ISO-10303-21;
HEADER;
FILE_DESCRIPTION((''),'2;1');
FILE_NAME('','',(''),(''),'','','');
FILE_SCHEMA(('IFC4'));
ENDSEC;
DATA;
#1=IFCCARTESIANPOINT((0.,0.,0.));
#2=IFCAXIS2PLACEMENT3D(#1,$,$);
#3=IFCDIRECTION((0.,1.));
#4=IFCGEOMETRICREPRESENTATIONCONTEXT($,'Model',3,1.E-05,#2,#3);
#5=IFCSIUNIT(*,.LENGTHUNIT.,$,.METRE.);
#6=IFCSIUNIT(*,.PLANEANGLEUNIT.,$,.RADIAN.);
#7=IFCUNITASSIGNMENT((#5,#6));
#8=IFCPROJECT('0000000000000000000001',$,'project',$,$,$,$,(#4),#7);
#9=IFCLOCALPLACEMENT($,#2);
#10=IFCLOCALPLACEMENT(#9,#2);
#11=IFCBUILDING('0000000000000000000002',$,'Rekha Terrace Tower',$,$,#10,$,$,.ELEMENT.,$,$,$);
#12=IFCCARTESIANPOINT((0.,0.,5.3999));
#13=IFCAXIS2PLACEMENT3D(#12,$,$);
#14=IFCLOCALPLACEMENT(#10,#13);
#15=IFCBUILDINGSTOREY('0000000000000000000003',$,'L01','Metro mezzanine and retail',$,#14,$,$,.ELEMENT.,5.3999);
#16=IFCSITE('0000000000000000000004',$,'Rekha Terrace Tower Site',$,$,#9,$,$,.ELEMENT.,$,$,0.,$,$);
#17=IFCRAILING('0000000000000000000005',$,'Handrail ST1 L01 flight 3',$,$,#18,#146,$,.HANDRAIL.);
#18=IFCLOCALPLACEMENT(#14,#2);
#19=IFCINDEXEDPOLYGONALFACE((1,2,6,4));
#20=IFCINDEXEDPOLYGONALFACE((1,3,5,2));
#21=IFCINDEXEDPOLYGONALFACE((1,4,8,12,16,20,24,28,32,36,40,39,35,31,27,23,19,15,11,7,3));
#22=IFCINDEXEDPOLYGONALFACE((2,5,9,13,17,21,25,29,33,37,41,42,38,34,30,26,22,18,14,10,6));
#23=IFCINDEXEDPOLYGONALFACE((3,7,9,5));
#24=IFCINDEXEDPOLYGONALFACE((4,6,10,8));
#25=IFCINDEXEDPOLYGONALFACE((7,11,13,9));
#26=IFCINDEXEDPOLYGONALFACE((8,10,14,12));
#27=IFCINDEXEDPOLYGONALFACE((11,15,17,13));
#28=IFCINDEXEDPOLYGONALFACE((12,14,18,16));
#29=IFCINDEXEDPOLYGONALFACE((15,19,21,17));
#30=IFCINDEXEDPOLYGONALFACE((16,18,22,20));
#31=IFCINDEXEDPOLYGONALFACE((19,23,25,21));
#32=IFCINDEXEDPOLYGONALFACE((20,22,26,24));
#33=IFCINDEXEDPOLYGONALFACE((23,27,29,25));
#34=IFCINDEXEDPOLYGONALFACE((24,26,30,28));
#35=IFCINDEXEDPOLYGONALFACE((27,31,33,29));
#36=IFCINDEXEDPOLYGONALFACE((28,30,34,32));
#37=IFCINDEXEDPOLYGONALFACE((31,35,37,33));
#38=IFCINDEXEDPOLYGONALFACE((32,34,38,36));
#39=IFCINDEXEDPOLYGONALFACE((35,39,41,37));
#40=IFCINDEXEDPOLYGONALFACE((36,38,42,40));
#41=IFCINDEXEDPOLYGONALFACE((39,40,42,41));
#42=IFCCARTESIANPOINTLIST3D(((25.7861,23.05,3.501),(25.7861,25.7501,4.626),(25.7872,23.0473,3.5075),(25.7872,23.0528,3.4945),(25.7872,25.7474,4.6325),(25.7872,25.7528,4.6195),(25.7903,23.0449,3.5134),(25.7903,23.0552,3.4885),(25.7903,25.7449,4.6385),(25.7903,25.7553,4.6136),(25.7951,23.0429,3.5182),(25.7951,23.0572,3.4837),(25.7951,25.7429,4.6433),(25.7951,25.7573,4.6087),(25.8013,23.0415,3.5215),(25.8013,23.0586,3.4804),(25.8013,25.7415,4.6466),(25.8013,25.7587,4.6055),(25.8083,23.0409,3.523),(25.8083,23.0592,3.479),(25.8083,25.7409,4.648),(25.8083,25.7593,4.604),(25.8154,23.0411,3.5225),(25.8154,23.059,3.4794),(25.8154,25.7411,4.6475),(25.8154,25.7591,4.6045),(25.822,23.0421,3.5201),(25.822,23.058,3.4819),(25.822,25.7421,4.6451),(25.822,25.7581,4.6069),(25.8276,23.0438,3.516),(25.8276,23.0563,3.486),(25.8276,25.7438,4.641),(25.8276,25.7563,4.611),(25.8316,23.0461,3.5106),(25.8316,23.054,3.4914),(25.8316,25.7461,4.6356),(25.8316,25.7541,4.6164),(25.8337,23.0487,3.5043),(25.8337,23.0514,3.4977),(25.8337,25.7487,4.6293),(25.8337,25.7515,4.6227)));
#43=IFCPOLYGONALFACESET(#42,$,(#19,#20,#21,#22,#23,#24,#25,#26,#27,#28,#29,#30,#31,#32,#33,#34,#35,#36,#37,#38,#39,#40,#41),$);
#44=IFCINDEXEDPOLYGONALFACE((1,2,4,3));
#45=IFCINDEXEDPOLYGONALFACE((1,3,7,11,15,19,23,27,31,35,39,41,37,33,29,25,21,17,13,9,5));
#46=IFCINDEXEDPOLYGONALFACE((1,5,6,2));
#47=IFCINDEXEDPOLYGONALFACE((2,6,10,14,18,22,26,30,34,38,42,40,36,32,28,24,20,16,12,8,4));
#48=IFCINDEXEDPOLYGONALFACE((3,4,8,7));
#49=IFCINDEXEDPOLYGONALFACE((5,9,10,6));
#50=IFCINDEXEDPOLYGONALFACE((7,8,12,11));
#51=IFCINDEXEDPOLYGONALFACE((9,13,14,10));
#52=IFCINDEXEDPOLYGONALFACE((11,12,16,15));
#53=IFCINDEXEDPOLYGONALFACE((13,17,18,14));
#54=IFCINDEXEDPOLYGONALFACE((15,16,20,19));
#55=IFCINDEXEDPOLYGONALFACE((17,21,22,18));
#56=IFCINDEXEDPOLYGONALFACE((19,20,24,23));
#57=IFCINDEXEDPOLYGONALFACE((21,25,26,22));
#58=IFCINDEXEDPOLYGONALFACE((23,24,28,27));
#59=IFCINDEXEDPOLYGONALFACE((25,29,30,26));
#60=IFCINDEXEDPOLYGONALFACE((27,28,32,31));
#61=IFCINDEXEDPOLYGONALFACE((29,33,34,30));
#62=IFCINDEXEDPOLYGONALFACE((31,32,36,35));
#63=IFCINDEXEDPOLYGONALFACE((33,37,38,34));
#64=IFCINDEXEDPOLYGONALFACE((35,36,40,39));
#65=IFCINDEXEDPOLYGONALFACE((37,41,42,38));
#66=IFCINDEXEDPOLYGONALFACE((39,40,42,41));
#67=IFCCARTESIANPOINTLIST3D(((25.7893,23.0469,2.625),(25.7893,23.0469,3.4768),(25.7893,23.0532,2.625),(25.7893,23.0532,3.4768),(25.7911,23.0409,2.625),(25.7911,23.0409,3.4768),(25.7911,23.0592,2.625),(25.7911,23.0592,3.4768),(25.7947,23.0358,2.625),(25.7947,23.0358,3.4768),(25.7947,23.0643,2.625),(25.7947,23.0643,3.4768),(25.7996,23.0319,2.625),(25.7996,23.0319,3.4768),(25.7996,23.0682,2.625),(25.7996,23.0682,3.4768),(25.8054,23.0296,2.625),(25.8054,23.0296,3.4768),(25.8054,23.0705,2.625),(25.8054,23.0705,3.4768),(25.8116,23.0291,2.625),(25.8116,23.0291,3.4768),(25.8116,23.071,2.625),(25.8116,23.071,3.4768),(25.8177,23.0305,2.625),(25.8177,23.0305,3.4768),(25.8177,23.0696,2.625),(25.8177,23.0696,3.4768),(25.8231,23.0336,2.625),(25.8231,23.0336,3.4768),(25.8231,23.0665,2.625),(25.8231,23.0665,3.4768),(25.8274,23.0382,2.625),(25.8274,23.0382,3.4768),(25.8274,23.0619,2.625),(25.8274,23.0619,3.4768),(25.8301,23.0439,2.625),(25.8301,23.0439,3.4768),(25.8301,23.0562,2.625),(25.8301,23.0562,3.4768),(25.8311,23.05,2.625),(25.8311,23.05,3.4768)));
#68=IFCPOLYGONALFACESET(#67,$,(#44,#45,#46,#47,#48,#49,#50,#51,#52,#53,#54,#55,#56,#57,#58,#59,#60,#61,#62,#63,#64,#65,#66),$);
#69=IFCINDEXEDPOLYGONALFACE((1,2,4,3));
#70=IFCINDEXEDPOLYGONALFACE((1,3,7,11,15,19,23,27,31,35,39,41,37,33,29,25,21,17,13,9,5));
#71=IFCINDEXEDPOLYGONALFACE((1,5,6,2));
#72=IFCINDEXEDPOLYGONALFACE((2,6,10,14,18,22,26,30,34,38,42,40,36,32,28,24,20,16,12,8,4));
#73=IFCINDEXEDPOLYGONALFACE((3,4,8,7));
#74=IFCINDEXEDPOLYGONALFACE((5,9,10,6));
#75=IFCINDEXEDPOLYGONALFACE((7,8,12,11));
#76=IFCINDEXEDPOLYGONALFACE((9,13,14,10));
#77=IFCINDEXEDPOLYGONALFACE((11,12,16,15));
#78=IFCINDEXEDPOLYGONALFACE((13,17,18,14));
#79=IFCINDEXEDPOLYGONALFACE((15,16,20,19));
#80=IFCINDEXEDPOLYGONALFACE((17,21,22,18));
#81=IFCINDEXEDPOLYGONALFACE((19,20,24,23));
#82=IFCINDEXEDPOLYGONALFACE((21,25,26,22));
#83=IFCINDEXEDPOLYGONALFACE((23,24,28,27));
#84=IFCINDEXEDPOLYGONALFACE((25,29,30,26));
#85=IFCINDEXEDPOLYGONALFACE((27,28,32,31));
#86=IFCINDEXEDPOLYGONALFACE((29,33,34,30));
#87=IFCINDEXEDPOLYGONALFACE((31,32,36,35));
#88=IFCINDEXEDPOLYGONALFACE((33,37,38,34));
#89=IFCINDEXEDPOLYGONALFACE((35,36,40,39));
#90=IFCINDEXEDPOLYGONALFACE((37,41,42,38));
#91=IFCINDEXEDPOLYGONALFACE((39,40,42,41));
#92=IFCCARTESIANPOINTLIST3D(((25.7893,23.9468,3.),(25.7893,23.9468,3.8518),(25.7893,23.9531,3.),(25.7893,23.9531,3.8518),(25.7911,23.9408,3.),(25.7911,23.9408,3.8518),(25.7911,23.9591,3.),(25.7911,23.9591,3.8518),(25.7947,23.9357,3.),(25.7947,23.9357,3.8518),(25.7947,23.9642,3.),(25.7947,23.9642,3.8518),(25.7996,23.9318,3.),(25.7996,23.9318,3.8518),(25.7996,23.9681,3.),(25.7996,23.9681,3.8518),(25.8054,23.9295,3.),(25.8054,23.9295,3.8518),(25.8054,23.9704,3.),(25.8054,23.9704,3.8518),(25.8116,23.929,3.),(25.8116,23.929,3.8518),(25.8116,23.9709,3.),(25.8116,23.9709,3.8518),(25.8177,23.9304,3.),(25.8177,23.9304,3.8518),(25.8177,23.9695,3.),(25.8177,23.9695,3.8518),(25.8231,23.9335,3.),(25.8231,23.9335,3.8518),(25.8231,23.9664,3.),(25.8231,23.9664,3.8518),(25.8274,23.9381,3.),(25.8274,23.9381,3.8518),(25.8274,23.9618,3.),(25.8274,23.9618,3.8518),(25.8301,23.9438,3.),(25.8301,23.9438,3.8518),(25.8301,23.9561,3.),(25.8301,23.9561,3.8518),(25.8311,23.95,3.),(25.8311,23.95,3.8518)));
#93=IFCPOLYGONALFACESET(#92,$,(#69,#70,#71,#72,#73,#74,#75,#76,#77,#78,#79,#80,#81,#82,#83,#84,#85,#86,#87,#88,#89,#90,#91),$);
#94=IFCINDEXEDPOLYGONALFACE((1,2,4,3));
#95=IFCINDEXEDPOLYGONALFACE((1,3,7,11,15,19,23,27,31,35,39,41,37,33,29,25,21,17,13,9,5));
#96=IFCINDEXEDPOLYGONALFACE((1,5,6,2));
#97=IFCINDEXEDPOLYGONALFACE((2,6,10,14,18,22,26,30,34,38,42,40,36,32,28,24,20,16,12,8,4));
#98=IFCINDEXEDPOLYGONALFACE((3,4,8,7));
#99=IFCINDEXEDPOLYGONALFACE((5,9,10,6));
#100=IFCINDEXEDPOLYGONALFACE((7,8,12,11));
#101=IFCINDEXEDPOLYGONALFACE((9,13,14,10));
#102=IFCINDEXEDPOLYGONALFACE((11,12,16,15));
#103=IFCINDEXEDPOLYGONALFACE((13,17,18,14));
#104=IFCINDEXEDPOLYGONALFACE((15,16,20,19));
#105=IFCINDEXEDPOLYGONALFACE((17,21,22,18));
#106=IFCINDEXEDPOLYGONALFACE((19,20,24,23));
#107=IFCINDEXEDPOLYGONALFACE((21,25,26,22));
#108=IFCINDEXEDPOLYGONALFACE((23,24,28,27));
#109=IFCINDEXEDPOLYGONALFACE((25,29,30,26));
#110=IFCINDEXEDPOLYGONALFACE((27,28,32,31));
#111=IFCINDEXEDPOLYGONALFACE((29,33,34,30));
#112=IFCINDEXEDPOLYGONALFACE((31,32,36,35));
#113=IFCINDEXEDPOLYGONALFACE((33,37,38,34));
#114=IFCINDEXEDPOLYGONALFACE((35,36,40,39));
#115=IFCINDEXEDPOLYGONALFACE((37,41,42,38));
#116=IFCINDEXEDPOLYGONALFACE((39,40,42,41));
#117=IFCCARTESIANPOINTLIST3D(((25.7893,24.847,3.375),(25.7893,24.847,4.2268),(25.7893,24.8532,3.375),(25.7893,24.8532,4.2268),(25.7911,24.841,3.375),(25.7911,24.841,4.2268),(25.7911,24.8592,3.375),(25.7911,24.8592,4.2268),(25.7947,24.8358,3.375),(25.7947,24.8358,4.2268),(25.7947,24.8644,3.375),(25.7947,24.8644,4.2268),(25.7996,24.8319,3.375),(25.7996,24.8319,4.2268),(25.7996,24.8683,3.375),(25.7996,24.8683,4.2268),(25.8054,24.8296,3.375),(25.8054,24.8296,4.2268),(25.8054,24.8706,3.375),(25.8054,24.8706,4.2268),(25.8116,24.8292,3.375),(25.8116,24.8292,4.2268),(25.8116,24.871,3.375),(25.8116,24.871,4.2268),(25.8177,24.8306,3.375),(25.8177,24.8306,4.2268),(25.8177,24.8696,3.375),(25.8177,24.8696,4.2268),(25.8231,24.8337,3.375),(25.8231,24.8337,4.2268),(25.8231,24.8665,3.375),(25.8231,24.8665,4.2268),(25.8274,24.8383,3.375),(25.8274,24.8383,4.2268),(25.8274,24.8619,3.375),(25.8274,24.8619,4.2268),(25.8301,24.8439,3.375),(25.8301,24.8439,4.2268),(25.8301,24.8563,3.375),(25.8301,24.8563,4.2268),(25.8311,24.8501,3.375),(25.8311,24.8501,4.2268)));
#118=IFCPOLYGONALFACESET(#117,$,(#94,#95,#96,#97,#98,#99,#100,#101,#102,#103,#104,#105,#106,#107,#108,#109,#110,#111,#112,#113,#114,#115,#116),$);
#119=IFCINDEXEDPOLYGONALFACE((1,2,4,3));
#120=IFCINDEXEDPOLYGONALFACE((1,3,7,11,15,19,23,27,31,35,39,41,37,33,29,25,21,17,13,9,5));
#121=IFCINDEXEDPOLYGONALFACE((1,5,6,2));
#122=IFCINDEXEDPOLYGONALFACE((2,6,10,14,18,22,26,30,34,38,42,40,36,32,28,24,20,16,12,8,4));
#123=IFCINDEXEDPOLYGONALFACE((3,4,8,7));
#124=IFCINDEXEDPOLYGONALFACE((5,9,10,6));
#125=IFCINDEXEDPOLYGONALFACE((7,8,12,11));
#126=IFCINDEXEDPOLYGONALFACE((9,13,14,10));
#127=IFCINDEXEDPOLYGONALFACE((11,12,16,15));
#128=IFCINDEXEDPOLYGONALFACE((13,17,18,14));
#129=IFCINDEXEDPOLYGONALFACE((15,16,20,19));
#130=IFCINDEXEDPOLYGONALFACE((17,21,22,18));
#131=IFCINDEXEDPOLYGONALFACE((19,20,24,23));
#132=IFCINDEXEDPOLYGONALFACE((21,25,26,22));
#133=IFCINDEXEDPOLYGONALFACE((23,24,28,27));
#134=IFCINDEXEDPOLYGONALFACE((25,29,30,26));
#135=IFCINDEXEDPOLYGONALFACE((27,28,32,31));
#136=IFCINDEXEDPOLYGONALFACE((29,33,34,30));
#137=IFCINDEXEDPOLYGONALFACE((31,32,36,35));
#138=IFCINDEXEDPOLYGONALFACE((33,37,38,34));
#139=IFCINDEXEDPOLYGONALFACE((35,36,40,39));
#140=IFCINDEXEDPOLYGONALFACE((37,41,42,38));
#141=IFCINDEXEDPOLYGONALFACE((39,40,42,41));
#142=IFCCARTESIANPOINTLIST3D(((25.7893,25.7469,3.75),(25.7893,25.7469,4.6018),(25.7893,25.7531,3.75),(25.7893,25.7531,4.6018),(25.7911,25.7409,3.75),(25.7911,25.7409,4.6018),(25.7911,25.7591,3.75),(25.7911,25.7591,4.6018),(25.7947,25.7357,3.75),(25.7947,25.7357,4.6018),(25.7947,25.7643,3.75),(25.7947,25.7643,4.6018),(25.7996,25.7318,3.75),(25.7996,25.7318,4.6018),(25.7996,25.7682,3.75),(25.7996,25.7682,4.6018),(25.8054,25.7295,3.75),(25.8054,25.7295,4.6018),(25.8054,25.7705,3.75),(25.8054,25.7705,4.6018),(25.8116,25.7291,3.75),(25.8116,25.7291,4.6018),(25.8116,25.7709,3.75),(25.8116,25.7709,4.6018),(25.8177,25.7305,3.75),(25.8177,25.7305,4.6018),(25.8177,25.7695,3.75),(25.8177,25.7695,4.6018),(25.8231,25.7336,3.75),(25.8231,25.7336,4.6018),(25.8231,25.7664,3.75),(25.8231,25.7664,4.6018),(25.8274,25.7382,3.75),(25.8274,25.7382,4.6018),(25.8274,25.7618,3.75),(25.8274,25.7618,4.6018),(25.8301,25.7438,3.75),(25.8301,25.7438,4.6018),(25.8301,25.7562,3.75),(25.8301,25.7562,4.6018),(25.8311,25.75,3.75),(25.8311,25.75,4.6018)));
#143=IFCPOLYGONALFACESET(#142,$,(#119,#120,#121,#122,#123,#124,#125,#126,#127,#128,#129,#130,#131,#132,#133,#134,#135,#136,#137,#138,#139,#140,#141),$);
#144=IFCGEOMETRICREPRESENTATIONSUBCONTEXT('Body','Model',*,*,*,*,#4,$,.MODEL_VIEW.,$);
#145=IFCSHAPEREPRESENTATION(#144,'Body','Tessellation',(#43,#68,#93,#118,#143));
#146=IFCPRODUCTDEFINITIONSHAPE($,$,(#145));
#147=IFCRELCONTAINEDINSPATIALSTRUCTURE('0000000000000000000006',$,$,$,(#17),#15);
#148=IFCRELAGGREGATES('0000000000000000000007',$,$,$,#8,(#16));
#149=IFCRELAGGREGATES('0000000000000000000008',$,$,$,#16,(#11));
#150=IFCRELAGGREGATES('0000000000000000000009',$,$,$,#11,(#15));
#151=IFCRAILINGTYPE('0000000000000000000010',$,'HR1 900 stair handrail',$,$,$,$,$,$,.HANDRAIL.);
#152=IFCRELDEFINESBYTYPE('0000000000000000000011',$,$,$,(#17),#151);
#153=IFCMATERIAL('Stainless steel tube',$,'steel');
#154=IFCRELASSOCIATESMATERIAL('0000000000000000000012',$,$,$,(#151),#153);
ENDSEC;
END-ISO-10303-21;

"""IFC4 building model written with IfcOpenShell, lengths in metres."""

from ifc_helpers import new_model, si_unit, direction, frame, origin, origin_2d, place, context, subcontext, project, spatial, circle, extrude, material, type_object, element, save


model = new_model("IFC4")

# Units and contexts
model_context = context("Model", 3, precision=1e-05, world=origin(), true_north=direction((0.0, 1.0)))
body_context = subcontext(model_context, "Body", "Model", "MODEL_VIEW")
ifc_project = project(units=[si_unit("LENGTHUNIT", "METRE"), si_unit("PLANEANGLEUNIT", "RADIAN")], contexts=[model_context])

# Site, building, storey
site_placement = place(None, origin())
site = spatial("IfcSite", under=ifc_project, at=site_placement, Name="Rekha Terrace Tower Site", CompositionType="ELEMENT", RefElevation=0.0)
building_placement = place(site_placement, origin())
building = spatial("IfcBuilding", under=site, at=building_placement, Name="Rekha Terrace Tower", CompositionType="ELEMENT")
storey_placement = place(building_placement, frame((0.0, 0.0, 5.3999)))
storey = spatial("IfcBuildingStorey", under=building, at=storey_placement, Name="L01", Description="Metro mezzanine and retail", CompositionType="ELEMENT", Elevation=5.3999)

# Railing
ifc_material_1 = material(Name="Stainless steel tube", Category="steel")
railing_type_1 = type_object("IfcRailingType", Name="HR1 900 stair handrail", PredefinedType="HANDRAIL", material=ifc_material_1)
railing_1_placement = place(storey_placement, frame((25.8101, 23.05, 2.625)))
element("IfcRailing", 1, at=railing_1_placement, inside=storey, type_object=railing_type_1, Name="Handrail ST1 L01 flight 3", PredefinedType="HANDRAIL", context=body_context, shape_type="SweptSolid", body=[
    extrude(circle(Radius=0.0239, at=origin_2d()), frame((0.0, 0.0, 0.876), z_axis=(0.0, 0.923074, 0.384621), x_axis=(-1.0, 0.0, 0.0)), (0.0, 0.0, 1.0), 2.925),
    extrude(circle(Radius=0.021, at=origin_2d()), origin(), (0.0, 0.0, 1.0), 0.8518),
    extrude(circle(Radius=0.021, at=origin_2d()), frame((0.0, 0.8999, 0.375)), (0.0, 0.0, 1.0), 0.8518),
    extrude(circle(Radius=0.021, at=origin_2d()), frame((0.0, 1.8, 0.75)), (0.0, 0.0, 1.0), 0.8518),
    extrude(circle(Radius=0.021, at=origin_2d()), frame((0.0, 2.7, 1.125)), (0.0, 0.0, 1.0), 0.8518),
])

save(model, "model.ifc")
